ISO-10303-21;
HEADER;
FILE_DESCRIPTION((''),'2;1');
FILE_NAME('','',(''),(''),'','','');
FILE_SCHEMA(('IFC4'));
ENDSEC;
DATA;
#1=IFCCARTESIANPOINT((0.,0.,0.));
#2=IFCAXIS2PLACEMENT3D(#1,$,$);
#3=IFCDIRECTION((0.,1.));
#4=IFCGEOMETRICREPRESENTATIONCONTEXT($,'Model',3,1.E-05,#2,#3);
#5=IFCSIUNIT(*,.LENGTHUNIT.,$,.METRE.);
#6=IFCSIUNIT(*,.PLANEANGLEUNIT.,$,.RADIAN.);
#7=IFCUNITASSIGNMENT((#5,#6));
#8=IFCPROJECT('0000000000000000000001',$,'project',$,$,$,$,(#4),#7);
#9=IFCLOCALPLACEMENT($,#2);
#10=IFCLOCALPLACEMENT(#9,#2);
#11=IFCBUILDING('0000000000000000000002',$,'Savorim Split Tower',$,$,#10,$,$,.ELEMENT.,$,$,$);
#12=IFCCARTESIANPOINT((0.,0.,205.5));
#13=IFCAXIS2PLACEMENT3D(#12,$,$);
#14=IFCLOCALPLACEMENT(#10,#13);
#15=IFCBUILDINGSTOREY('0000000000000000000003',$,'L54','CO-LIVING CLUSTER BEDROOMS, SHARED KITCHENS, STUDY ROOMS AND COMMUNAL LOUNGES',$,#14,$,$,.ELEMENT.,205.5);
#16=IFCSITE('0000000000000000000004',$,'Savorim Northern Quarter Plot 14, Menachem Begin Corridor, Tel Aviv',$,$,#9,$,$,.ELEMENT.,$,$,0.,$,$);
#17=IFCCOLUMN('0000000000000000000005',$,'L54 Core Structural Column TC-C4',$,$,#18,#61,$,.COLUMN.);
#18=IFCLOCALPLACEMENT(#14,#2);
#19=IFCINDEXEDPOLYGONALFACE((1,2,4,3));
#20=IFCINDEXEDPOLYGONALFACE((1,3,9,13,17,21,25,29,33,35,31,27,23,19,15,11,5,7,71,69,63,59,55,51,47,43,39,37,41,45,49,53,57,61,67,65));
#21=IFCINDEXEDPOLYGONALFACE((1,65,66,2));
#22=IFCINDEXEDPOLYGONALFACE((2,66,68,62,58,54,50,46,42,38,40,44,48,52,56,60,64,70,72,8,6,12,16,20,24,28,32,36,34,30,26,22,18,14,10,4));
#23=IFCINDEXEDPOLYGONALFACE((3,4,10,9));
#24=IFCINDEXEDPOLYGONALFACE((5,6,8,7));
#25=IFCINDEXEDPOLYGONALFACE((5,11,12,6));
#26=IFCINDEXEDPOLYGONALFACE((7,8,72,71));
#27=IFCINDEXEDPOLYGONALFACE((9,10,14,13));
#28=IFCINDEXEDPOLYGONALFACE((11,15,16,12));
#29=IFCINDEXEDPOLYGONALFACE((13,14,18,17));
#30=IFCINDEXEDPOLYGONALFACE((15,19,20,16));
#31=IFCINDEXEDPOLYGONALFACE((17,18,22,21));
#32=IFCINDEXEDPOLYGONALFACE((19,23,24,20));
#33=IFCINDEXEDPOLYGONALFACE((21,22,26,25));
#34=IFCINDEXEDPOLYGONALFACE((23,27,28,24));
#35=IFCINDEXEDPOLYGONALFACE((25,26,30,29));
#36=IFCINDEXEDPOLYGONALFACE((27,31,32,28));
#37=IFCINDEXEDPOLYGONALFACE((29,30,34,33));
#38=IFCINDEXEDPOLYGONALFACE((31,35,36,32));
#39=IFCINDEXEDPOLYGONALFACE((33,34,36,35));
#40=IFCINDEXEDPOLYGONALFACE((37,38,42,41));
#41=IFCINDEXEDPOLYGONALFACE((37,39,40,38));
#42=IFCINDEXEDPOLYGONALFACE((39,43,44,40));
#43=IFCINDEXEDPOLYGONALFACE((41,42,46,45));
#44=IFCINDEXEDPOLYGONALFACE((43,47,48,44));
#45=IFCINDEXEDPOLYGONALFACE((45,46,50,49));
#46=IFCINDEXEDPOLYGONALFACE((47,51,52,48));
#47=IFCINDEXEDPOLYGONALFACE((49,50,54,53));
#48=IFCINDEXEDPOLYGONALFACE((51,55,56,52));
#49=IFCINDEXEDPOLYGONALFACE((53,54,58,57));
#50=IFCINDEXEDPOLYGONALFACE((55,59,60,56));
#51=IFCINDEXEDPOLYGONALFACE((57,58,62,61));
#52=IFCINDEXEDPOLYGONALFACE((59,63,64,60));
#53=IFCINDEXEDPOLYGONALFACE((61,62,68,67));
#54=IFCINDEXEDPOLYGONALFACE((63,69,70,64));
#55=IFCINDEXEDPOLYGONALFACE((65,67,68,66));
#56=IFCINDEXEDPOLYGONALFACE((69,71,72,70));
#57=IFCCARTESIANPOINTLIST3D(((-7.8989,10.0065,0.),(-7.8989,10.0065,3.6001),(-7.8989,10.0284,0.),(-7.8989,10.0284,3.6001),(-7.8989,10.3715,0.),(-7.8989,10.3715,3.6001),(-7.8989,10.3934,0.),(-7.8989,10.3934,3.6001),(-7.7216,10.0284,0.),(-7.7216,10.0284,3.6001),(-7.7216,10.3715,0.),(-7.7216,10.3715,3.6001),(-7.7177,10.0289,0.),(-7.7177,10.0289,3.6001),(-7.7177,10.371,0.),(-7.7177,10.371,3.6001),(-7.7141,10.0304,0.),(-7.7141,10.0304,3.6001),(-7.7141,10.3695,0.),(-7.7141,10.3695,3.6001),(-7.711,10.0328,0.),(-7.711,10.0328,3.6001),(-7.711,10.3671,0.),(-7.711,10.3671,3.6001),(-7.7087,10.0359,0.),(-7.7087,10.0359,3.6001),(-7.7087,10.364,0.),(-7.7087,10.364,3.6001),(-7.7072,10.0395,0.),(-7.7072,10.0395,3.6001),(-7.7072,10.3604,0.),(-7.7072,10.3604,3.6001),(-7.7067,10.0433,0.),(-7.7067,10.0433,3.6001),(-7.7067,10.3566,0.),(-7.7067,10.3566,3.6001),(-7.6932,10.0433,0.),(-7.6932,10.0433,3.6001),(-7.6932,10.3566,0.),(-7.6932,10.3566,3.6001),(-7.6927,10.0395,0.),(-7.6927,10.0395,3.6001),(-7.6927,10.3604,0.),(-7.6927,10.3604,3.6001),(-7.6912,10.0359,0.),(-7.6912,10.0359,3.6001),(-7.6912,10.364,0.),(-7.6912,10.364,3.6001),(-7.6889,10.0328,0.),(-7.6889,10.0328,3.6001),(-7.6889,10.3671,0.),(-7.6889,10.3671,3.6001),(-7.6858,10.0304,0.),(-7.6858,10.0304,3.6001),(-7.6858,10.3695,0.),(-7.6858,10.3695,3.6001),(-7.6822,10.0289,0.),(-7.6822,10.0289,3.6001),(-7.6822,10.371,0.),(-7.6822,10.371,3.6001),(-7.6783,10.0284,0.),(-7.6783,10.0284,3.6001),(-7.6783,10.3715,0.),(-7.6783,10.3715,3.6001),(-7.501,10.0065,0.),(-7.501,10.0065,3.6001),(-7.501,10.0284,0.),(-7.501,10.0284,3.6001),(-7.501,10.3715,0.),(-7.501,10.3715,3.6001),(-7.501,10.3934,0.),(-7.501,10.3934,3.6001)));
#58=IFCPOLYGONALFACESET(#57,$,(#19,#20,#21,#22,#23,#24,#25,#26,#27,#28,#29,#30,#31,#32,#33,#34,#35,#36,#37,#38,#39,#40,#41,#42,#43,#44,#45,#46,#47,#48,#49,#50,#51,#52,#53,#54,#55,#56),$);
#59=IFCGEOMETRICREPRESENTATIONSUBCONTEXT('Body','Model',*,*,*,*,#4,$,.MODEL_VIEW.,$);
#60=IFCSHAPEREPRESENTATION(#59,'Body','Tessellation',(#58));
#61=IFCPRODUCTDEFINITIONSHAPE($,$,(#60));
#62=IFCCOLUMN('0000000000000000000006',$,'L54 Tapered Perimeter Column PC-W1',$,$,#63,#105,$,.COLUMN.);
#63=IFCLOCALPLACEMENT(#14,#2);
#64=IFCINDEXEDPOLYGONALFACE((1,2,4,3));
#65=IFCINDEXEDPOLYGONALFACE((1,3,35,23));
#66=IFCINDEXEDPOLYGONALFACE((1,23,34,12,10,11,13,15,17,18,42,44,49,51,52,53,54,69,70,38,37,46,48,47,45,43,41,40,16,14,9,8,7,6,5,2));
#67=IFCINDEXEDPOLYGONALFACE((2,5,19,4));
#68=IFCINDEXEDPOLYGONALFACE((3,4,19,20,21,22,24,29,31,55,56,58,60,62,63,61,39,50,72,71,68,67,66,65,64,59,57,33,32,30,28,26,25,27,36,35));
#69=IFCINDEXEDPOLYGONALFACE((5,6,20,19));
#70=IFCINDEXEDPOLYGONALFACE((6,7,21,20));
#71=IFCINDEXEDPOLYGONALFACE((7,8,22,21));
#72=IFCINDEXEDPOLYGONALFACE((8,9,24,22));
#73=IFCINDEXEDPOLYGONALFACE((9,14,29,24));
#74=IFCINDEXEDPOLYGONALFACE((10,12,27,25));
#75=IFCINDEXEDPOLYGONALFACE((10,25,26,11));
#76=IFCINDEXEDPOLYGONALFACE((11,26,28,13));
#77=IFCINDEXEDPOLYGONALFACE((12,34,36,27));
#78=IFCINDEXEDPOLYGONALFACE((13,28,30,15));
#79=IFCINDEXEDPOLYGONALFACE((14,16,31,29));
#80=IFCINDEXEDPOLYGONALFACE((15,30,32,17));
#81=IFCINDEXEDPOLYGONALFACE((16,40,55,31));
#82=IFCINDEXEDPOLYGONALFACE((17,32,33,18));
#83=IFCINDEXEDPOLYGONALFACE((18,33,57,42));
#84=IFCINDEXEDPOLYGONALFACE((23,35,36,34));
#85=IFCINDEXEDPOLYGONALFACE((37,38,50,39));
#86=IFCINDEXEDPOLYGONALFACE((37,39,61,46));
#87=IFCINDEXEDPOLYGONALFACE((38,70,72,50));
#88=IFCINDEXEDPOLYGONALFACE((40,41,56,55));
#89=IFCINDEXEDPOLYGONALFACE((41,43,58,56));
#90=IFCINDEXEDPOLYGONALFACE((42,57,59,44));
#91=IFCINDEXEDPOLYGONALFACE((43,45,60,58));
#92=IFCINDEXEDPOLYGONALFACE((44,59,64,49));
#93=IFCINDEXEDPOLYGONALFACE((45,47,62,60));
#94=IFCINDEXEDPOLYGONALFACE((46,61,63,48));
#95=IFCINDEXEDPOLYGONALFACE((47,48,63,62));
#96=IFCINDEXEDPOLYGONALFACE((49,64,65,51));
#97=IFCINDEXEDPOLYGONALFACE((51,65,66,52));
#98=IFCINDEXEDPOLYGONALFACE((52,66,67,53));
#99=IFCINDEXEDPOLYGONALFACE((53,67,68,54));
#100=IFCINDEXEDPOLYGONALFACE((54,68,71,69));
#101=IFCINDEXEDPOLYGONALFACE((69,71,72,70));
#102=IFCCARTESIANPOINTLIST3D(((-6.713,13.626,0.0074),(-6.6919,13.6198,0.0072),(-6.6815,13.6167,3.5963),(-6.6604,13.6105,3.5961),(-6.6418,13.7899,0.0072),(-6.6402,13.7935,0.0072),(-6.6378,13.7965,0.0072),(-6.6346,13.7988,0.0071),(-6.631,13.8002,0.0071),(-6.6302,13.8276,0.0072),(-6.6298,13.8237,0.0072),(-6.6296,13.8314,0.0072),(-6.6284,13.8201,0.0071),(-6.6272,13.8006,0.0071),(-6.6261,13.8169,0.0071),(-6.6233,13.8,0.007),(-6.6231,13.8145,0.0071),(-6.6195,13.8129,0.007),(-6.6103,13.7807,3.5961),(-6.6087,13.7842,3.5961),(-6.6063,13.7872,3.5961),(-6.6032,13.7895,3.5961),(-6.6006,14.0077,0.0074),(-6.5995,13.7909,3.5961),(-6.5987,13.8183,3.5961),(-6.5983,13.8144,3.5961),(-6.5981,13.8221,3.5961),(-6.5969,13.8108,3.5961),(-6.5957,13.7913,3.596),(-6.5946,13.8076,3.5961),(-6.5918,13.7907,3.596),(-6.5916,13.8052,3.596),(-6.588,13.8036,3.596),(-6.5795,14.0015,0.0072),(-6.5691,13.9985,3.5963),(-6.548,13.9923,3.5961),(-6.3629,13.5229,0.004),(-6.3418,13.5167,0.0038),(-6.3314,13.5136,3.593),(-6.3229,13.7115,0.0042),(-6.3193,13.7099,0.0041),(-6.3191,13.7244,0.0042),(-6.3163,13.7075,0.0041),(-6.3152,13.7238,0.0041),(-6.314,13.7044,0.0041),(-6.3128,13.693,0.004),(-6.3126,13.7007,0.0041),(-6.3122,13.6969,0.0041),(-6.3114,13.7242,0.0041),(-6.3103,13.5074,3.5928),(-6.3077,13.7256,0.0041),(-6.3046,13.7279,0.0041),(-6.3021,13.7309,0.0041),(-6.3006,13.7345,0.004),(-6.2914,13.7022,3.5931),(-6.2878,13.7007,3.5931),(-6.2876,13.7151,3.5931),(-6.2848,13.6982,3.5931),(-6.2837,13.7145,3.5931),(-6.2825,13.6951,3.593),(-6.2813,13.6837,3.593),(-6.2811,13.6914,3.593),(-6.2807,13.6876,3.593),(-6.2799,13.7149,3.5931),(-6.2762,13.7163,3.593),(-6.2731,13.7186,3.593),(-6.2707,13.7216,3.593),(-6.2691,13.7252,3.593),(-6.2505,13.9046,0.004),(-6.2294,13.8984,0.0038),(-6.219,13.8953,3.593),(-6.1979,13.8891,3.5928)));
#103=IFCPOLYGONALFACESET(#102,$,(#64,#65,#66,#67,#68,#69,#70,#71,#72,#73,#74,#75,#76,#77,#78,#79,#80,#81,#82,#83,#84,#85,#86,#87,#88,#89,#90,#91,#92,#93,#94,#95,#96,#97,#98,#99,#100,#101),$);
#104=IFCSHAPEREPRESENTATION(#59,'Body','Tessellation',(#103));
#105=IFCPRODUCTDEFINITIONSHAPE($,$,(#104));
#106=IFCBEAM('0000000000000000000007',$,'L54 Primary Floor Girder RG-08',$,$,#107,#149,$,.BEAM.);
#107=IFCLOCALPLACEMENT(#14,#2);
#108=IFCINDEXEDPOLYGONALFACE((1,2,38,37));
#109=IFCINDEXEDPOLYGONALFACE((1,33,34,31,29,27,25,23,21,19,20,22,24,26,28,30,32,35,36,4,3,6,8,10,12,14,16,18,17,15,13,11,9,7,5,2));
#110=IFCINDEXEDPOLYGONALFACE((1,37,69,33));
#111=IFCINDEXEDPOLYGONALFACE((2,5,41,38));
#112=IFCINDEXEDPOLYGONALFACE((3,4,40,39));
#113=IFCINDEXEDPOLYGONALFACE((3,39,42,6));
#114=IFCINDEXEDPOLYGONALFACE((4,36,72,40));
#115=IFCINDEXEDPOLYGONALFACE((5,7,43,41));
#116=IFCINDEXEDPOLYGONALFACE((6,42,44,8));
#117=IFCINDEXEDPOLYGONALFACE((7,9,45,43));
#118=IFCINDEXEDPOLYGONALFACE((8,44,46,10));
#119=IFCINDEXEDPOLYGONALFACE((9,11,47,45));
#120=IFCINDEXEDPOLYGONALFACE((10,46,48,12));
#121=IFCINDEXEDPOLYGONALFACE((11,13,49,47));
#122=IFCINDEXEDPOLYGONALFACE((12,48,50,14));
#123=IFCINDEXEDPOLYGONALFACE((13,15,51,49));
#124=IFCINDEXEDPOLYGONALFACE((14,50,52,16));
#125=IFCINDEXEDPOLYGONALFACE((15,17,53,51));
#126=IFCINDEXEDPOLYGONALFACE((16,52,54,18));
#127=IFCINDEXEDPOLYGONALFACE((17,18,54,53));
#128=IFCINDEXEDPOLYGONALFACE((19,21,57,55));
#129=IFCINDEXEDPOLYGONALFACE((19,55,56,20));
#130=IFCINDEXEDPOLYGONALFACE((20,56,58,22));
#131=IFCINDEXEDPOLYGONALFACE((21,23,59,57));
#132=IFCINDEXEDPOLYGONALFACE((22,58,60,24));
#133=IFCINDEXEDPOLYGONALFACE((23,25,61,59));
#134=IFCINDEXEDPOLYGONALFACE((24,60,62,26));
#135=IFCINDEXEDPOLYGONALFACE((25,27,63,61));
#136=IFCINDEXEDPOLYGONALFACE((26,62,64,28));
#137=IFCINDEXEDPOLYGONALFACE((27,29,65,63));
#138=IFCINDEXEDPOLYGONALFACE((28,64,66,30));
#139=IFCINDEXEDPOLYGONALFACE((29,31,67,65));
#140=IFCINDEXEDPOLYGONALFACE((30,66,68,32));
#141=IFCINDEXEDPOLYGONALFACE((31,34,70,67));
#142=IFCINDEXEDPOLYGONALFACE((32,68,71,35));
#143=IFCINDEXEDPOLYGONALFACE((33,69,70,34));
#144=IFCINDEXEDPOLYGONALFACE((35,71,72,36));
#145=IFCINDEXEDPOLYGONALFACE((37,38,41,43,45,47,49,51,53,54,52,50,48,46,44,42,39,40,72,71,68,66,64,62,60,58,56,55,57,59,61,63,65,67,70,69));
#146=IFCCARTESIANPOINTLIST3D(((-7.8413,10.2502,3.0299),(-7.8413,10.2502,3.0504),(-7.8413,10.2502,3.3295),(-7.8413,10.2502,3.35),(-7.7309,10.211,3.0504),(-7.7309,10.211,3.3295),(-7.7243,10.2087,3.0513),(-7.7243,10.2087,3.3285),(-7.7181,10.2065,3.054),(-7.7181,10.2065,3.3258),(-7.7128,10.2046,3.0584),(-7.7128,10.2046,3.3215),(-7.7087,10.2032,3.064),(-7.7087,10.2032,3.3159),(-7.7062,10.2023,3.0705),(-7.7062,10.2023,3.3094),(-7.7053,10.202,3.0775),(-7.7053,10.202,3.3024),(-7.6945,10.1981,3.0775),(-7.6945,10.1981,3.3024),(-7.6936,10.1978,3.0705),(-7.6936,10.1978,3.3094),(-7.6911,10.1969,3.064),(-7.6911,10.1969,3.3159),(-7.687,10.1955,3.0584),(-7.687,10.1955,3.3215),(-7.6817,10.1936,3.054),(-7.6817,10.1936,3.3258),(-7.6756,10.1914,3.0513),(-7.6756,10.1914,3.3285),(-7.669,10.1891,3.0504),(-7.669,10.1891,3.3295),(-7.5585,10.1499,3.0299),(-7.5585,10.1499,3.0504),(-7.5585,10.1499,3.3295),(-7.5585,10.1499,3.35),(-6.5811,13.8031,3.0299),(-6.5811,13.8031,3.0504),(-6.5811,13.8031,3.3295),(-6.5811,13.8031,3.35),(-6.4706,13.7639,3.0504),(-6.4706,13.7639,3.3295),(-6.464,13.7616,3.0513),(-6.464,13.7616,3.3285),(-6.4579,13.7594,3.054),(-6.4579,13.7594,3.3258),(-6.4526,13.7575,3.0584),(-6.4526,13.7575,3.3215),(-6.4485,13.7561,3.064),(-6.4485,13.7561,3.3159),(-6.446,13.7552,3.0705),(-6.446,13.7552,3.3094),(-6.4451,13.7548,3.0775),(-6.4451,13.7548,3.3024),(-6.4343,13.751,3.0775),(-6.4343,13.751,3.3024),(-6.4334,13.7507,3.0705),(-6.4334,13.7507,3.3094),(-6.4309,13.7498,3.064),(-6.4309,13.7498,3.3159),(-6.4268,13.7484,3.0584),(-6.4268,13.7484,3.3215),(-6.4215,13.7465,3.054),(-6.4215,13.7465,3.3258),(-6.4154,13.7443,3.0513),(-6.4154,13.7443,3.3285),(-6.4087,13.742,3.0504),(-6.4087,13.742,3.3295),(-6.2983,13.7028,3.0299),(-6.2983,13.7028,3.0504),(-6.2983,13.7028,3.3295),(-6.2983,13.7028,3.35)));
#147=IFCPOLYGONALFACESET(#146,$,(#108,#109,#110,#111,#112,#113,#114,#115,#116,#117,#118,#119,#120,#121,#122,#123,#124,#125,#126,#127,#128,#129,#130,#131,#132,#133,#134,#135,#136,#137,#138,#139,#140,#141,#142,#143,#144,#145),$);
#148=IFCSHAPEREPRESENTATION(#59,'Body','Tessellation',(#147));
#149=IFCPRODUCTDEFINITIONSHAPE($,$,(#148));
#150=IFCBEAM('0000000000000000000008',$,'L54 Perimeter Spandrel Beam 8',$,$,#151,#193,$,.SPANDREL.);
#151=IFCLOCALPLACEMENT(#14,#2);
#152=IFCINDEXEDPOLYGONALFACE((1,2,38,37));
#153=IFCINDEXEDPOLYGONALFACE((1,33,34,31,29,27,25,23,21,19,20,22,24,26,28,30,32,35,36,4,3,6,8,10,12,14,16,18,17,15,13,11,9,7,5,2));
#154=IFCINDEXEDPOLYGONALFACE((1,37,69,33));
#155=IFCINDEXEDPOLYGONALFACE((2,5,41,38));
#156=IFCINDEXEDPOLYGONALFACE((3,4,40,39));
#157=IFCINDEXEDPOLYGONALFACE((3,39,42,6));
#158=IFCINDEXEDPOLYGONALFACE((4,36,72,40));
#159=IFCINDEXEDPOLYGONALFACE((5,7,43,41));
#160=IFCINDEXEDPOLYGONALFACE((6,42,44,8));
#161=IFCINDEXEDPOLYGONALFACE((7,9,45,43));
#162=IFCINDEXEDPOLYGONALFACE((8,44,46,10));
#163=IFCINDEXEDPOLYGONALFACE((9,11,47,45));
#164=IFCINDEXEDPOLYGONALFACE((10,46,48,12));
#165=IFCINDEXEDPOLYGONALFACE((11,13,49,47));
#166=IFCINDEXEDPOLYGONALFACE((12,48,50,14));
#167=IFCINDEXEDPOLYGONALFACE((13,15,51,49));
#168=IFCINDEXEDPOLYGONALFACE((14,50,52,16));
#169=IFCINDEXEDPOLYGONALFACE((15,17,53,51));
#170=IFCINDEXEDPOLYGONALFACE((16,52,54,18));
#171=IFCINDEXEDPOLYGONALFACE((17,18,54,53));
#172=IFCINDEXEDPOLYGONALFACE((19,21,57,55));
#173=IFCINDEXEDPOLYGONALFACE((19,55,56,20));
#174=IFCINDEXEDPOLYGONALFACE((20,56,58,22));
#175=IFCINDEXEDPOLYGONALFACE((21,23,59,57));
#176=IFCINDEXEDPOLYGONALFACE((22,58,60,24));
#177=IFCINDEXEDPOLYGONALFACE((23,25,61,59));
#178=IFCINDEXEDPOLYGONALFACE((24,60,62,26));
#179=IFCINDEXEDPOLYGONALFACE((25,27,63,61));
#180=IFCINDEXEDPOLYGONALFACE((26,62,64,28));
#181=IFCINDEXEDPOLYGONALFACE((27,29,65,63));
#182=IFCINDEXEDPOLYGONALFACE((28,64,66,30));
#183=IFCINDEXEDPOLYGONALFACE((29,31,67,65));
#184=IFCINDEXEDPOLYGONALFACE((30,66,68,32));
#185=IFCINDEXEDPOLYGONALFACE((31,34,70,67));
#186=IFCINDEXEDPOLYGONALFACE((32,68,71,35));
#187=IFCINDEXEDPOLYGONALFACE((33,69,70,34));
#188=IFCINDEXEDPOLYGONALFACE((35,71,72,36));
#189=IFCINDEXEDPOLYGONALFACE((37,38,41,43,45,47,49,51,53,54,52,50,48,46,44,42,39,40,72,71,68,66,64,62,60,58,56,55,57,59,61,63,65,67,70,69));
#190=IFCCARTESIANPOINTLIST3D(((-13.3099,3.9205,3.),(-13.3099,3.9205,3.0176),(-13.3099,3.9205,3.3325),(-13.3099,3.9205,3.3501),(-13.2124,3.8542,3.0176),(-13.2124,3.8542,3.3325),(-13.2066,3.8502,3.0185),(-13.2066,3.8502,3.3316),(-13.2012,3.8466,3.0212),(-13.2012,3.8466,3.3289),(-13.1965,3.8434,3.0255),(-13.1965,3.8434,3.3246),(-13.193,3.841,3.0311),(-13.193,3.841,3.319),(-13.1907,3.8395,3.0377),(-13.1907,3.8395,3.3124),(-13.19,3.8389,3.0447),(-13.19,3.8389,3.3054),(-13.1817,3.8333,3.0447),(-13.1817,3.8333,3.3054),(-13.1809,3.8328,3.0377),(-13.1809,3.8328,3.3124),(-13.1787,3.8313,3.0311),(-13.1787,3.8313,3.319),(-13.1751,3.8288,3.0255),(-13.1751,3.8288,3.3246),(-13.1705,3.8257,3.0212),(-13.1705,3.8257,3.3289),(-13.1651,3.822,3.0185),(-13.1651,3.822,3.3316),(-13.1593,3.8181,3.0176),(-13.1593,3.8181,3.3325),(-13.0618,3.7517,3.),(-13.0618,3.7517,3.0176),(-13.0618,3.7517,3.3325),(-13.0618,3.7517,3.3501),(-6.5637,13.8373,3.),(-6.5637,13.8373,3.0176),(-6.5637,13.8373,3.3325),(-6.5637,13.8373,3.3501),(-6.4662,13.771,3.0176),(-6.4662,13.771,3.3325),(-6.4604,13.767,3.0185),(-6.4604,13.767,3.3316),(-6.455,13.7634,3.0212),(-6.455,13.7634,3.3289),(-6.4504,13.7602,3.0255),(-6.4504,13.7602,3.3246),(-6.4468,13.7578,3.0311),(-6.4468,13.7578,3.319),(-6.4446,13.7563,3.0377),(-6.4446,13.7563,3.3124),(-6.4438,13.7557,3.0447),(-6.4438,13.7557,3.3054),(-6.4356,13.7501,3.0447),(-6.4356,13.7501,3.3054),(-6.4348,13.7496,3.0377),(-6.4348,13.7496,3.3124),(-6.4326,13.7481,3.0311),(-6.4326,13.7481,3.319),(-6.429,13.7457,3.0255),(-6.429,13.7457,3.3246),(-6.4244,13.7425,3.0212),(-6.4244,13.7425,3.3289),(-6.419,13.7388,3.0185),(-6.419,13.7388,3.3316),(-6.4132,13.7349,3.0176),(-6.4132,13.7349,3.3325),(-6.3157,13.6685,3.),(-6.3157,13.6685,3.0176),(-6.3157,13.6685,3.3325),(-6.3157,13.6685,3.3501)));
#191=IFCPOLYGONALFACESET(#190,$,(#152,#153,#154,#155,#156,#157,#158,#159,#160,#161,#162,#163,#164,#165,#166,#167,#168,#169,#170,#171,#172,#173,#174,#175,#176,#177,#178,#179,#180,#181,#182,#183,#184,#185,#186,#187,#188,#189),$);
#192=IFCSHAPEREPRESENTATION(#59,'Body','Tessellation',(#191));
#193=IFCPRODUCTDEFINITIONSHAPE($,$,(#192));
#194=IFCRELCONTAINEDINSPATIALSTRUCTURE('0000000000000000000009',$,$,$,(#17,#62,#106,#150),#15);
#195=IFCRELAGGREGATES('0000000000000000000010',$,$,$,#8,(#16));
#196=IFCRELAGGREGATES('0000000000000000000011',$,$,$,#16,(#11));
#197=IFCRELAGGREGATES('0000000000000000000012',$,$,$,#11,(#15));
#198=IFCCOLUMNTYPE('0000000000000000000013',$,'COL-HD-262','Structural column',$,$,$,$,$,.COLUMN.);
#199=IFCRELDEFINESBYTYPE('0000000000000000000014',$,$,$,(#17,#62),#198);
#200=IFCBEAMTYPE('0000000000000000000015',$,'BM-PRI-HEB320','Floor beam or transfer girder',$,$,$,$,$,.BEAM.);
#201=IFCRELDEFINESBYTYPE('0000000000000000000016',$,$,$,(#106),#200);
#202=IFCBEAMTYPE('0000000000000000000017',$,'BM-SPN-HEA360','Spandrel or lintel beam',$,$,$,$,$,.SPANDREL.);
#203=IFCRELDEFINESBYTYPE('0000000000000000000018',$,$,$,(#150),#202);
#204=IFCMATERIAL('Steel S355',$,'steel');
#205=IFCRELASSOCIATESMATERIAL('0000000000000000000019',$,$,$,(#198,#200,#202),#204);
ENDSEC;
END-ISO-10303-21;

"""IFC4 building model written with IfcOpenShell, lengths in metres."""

from ifc_helpers import new_model, si_unit, direction, frame, origin, origin_2d, place, context, subcontext, project, spatial, i_section, extrude, material, material_profile, profile_set, type_object, element, save


model = new_model("IFC4")

# Units and contexts
model_context = context("Model", 3, precision=1e-05, world=origin(), true_north=direction((0.0, 1.0)))
body_context = subcontext(model_context, "Body", "Model", "MODEL_VIEW")
ifc_project = project(units=[si_unit("LENGTHUNIT", "METRE"), si_unit("PLANEANGLEUNIT", "RADIAN")], contexts=[model_context])

# Site, building, storey
site_placement = place(None, origin())
site = spatial("IfcSite", under=ifc_project, at=site_placement, Name="Savorim Northern Quarter Plot 14, Menachem Begin Corridor, Tel Aviv", CompositionType="ELEMENT", RefElevation=0.0)
building_placement = place(site_placement, origin())
building = spatial("IfcBuilding", under=site, at=building_placement, Name="Savorim Split Tower", CompositionType="ELEMENT")
storey_placement = place(building_placement, frame((0.0, 0.0, 205.5)))
storey = spatial("IfcBuildingStorey", under=building, at=storey_placement, Name="L54", Description="CO-LIVING CLUSTER BEDROOMS, SHARED KITCHENS, STUDY ROOMS AND COMMUNAL LOUNGES", CompositionType="ELEMENT", Elevation=205.5)

# Columns
ifc_material_1 = material(Name="Steel S355", Category="steel")
ifc_material_profile_1 = material_profile(ifc_material_1, i_section(OverallWidth=0.3979, OverallDepth=0.387, WebThickness=0.0134, FlangeThickness=0.022, FilletRadius=0.0149, at=origin_2d()), Name="HD 400x262")
ifc_profile_set_1 = profile_set([ifc_material_profile_1], Name="Steel S355")
column_type = type_object("IfcColumnType", Name="COL-HD-262", Description="Structural column", PredefinedType="COLUMN", material=ifc_profile_set_1)
column_1_placement = place(storey_placement, frame((-7.7, 10.2, 0.0), z_axis=(0.0, 0.0, 1.0), x_axis=(1.0, 0.0, 0.0)))
element("IfcColumn", 1, at=column_1_placement, inside=storey, type_object=column_type, Name="L54 Core Structural Column TC-C4", PredefinedType="COLUMN", context=body_context, shape_type="SweptSolid", body=[
    extrude(i_section(OverallWidth=0.3979, OverallDepth=0.387, WebThickness=0.0134, FlangeThickness=0.022, FilletRadius=0.0149, at=origin_2d()), origin(), (0.0, 0.0, 1.0), 3.6001),
])
column_2_placement = place(storey_placement, frame((-6.4712, 13.7622, 0.0056), z_axis=(0.008775, -0.002585, 0.999958), x_axis=(0.282569, 0.959247, 0.0)))
element("IfcColumn", 2, at=column_2_placement, inside=storey, type_object=column_type, Name="L54 Tapered Perimeter Column PC-W1", PredefinedType="COLUMN", context=body_context, shape_type="SweptSolid", body=[
    extrude(i_section(OverallWidth=0.3979, OverallDepth=0.387, WebThickness=0.0134, FlangeThickness=0.022, FilletRadius=0.0149, at=origin_2d()), origin(), (0.0, 0.0, 1.0), 3.5891),
])

# Beams
ifc_material_profile_2 = material_profile(ifc_material_1, i_section(OverallWidth=0.3, OverallDepth=0.3201, WebThickness=0.0115, FlangeThickness=0.0205, FilletRadius=0.0271, at=origin_2d()), Name="HEB 320")
ifc_profile_set_2 = profile_set([ifc_material_profile_2], Name="Steel S355")
beam_type_1 = type_object("IfcBeamType", Name="BM-PRI-HEB320", Description="Floor beam or transfer girder", PredefinedType="BEAM", material=ifc_profile_set_2)
beam_1_placement = place(storey_placement, frame((-6.4397, 13.7529, 3.1899), z_axis=(-0.334297, -0.942468, 0.0), x_axis=(0.942468, -0.334297, 0.0)))
element("IfcBeam", 3, at=beam_1_placement, inside=storey, type_object=beam_type_1, Name="L54 Primary Floor Girder RG-08", PredefinedType="BEAM", context=body_context, shape_type="SweptSolid", body=[
    extrude(i_section(OverallWidth=0.3, OverallDepth=0.3201, WebThickness=0.0115, FlangeThickness=0.0205, FilletRadius=0.0271, at=origin_2d()), origin(), (0.0, 0.0, 1.0), 3.7698),
])
ifc_material_profile_3 = material_profile(ifc_material_1, i_section(OverallWidth=0.3, OverallDepth=0.3501, WebThickness=0.01, FlangeThickness=0.0176, FilletRadius=0.0271, at=origin_2d()), Name="HEA 360")
ifc_profile_set_3 = profile_set([ifc_material_profile_3], Name="Steel S355")
beam_type_2 = type_object("IfcBeamType", Name="BM-SPN-HEA360", Description="Spandrel or lintel beam", PredefinedType="SPANDREL", material=ifc_profile_set_3)
beam_2_placement = place(storey_placement, frame((-6.4397, 13.7529, 3.175), z_axis=(-0.562464, -0.826822, 0.0), x_axis=(0.826822, -0.562464, 0.0)))
element("IfcBeam", 4, at=beam_2_placement, inside=storey, type_object=beam_type_2, Name="L54 Perimeter Spandrel Beam 8", PredefinedType="SPANDREL", context=body_context, shape_type="SweptSolid", body=[
    extrude(i_section(OverallWidth=0.3, OverallDepth=0.3501, WebThickness=0.01, FlangeThickness=0.0176, FilletRadius=0.0271, at=origin_2d()), origin(), (0.0, 0.0, 1.0), 11.9939),
])

save(model, "model.ifc")
